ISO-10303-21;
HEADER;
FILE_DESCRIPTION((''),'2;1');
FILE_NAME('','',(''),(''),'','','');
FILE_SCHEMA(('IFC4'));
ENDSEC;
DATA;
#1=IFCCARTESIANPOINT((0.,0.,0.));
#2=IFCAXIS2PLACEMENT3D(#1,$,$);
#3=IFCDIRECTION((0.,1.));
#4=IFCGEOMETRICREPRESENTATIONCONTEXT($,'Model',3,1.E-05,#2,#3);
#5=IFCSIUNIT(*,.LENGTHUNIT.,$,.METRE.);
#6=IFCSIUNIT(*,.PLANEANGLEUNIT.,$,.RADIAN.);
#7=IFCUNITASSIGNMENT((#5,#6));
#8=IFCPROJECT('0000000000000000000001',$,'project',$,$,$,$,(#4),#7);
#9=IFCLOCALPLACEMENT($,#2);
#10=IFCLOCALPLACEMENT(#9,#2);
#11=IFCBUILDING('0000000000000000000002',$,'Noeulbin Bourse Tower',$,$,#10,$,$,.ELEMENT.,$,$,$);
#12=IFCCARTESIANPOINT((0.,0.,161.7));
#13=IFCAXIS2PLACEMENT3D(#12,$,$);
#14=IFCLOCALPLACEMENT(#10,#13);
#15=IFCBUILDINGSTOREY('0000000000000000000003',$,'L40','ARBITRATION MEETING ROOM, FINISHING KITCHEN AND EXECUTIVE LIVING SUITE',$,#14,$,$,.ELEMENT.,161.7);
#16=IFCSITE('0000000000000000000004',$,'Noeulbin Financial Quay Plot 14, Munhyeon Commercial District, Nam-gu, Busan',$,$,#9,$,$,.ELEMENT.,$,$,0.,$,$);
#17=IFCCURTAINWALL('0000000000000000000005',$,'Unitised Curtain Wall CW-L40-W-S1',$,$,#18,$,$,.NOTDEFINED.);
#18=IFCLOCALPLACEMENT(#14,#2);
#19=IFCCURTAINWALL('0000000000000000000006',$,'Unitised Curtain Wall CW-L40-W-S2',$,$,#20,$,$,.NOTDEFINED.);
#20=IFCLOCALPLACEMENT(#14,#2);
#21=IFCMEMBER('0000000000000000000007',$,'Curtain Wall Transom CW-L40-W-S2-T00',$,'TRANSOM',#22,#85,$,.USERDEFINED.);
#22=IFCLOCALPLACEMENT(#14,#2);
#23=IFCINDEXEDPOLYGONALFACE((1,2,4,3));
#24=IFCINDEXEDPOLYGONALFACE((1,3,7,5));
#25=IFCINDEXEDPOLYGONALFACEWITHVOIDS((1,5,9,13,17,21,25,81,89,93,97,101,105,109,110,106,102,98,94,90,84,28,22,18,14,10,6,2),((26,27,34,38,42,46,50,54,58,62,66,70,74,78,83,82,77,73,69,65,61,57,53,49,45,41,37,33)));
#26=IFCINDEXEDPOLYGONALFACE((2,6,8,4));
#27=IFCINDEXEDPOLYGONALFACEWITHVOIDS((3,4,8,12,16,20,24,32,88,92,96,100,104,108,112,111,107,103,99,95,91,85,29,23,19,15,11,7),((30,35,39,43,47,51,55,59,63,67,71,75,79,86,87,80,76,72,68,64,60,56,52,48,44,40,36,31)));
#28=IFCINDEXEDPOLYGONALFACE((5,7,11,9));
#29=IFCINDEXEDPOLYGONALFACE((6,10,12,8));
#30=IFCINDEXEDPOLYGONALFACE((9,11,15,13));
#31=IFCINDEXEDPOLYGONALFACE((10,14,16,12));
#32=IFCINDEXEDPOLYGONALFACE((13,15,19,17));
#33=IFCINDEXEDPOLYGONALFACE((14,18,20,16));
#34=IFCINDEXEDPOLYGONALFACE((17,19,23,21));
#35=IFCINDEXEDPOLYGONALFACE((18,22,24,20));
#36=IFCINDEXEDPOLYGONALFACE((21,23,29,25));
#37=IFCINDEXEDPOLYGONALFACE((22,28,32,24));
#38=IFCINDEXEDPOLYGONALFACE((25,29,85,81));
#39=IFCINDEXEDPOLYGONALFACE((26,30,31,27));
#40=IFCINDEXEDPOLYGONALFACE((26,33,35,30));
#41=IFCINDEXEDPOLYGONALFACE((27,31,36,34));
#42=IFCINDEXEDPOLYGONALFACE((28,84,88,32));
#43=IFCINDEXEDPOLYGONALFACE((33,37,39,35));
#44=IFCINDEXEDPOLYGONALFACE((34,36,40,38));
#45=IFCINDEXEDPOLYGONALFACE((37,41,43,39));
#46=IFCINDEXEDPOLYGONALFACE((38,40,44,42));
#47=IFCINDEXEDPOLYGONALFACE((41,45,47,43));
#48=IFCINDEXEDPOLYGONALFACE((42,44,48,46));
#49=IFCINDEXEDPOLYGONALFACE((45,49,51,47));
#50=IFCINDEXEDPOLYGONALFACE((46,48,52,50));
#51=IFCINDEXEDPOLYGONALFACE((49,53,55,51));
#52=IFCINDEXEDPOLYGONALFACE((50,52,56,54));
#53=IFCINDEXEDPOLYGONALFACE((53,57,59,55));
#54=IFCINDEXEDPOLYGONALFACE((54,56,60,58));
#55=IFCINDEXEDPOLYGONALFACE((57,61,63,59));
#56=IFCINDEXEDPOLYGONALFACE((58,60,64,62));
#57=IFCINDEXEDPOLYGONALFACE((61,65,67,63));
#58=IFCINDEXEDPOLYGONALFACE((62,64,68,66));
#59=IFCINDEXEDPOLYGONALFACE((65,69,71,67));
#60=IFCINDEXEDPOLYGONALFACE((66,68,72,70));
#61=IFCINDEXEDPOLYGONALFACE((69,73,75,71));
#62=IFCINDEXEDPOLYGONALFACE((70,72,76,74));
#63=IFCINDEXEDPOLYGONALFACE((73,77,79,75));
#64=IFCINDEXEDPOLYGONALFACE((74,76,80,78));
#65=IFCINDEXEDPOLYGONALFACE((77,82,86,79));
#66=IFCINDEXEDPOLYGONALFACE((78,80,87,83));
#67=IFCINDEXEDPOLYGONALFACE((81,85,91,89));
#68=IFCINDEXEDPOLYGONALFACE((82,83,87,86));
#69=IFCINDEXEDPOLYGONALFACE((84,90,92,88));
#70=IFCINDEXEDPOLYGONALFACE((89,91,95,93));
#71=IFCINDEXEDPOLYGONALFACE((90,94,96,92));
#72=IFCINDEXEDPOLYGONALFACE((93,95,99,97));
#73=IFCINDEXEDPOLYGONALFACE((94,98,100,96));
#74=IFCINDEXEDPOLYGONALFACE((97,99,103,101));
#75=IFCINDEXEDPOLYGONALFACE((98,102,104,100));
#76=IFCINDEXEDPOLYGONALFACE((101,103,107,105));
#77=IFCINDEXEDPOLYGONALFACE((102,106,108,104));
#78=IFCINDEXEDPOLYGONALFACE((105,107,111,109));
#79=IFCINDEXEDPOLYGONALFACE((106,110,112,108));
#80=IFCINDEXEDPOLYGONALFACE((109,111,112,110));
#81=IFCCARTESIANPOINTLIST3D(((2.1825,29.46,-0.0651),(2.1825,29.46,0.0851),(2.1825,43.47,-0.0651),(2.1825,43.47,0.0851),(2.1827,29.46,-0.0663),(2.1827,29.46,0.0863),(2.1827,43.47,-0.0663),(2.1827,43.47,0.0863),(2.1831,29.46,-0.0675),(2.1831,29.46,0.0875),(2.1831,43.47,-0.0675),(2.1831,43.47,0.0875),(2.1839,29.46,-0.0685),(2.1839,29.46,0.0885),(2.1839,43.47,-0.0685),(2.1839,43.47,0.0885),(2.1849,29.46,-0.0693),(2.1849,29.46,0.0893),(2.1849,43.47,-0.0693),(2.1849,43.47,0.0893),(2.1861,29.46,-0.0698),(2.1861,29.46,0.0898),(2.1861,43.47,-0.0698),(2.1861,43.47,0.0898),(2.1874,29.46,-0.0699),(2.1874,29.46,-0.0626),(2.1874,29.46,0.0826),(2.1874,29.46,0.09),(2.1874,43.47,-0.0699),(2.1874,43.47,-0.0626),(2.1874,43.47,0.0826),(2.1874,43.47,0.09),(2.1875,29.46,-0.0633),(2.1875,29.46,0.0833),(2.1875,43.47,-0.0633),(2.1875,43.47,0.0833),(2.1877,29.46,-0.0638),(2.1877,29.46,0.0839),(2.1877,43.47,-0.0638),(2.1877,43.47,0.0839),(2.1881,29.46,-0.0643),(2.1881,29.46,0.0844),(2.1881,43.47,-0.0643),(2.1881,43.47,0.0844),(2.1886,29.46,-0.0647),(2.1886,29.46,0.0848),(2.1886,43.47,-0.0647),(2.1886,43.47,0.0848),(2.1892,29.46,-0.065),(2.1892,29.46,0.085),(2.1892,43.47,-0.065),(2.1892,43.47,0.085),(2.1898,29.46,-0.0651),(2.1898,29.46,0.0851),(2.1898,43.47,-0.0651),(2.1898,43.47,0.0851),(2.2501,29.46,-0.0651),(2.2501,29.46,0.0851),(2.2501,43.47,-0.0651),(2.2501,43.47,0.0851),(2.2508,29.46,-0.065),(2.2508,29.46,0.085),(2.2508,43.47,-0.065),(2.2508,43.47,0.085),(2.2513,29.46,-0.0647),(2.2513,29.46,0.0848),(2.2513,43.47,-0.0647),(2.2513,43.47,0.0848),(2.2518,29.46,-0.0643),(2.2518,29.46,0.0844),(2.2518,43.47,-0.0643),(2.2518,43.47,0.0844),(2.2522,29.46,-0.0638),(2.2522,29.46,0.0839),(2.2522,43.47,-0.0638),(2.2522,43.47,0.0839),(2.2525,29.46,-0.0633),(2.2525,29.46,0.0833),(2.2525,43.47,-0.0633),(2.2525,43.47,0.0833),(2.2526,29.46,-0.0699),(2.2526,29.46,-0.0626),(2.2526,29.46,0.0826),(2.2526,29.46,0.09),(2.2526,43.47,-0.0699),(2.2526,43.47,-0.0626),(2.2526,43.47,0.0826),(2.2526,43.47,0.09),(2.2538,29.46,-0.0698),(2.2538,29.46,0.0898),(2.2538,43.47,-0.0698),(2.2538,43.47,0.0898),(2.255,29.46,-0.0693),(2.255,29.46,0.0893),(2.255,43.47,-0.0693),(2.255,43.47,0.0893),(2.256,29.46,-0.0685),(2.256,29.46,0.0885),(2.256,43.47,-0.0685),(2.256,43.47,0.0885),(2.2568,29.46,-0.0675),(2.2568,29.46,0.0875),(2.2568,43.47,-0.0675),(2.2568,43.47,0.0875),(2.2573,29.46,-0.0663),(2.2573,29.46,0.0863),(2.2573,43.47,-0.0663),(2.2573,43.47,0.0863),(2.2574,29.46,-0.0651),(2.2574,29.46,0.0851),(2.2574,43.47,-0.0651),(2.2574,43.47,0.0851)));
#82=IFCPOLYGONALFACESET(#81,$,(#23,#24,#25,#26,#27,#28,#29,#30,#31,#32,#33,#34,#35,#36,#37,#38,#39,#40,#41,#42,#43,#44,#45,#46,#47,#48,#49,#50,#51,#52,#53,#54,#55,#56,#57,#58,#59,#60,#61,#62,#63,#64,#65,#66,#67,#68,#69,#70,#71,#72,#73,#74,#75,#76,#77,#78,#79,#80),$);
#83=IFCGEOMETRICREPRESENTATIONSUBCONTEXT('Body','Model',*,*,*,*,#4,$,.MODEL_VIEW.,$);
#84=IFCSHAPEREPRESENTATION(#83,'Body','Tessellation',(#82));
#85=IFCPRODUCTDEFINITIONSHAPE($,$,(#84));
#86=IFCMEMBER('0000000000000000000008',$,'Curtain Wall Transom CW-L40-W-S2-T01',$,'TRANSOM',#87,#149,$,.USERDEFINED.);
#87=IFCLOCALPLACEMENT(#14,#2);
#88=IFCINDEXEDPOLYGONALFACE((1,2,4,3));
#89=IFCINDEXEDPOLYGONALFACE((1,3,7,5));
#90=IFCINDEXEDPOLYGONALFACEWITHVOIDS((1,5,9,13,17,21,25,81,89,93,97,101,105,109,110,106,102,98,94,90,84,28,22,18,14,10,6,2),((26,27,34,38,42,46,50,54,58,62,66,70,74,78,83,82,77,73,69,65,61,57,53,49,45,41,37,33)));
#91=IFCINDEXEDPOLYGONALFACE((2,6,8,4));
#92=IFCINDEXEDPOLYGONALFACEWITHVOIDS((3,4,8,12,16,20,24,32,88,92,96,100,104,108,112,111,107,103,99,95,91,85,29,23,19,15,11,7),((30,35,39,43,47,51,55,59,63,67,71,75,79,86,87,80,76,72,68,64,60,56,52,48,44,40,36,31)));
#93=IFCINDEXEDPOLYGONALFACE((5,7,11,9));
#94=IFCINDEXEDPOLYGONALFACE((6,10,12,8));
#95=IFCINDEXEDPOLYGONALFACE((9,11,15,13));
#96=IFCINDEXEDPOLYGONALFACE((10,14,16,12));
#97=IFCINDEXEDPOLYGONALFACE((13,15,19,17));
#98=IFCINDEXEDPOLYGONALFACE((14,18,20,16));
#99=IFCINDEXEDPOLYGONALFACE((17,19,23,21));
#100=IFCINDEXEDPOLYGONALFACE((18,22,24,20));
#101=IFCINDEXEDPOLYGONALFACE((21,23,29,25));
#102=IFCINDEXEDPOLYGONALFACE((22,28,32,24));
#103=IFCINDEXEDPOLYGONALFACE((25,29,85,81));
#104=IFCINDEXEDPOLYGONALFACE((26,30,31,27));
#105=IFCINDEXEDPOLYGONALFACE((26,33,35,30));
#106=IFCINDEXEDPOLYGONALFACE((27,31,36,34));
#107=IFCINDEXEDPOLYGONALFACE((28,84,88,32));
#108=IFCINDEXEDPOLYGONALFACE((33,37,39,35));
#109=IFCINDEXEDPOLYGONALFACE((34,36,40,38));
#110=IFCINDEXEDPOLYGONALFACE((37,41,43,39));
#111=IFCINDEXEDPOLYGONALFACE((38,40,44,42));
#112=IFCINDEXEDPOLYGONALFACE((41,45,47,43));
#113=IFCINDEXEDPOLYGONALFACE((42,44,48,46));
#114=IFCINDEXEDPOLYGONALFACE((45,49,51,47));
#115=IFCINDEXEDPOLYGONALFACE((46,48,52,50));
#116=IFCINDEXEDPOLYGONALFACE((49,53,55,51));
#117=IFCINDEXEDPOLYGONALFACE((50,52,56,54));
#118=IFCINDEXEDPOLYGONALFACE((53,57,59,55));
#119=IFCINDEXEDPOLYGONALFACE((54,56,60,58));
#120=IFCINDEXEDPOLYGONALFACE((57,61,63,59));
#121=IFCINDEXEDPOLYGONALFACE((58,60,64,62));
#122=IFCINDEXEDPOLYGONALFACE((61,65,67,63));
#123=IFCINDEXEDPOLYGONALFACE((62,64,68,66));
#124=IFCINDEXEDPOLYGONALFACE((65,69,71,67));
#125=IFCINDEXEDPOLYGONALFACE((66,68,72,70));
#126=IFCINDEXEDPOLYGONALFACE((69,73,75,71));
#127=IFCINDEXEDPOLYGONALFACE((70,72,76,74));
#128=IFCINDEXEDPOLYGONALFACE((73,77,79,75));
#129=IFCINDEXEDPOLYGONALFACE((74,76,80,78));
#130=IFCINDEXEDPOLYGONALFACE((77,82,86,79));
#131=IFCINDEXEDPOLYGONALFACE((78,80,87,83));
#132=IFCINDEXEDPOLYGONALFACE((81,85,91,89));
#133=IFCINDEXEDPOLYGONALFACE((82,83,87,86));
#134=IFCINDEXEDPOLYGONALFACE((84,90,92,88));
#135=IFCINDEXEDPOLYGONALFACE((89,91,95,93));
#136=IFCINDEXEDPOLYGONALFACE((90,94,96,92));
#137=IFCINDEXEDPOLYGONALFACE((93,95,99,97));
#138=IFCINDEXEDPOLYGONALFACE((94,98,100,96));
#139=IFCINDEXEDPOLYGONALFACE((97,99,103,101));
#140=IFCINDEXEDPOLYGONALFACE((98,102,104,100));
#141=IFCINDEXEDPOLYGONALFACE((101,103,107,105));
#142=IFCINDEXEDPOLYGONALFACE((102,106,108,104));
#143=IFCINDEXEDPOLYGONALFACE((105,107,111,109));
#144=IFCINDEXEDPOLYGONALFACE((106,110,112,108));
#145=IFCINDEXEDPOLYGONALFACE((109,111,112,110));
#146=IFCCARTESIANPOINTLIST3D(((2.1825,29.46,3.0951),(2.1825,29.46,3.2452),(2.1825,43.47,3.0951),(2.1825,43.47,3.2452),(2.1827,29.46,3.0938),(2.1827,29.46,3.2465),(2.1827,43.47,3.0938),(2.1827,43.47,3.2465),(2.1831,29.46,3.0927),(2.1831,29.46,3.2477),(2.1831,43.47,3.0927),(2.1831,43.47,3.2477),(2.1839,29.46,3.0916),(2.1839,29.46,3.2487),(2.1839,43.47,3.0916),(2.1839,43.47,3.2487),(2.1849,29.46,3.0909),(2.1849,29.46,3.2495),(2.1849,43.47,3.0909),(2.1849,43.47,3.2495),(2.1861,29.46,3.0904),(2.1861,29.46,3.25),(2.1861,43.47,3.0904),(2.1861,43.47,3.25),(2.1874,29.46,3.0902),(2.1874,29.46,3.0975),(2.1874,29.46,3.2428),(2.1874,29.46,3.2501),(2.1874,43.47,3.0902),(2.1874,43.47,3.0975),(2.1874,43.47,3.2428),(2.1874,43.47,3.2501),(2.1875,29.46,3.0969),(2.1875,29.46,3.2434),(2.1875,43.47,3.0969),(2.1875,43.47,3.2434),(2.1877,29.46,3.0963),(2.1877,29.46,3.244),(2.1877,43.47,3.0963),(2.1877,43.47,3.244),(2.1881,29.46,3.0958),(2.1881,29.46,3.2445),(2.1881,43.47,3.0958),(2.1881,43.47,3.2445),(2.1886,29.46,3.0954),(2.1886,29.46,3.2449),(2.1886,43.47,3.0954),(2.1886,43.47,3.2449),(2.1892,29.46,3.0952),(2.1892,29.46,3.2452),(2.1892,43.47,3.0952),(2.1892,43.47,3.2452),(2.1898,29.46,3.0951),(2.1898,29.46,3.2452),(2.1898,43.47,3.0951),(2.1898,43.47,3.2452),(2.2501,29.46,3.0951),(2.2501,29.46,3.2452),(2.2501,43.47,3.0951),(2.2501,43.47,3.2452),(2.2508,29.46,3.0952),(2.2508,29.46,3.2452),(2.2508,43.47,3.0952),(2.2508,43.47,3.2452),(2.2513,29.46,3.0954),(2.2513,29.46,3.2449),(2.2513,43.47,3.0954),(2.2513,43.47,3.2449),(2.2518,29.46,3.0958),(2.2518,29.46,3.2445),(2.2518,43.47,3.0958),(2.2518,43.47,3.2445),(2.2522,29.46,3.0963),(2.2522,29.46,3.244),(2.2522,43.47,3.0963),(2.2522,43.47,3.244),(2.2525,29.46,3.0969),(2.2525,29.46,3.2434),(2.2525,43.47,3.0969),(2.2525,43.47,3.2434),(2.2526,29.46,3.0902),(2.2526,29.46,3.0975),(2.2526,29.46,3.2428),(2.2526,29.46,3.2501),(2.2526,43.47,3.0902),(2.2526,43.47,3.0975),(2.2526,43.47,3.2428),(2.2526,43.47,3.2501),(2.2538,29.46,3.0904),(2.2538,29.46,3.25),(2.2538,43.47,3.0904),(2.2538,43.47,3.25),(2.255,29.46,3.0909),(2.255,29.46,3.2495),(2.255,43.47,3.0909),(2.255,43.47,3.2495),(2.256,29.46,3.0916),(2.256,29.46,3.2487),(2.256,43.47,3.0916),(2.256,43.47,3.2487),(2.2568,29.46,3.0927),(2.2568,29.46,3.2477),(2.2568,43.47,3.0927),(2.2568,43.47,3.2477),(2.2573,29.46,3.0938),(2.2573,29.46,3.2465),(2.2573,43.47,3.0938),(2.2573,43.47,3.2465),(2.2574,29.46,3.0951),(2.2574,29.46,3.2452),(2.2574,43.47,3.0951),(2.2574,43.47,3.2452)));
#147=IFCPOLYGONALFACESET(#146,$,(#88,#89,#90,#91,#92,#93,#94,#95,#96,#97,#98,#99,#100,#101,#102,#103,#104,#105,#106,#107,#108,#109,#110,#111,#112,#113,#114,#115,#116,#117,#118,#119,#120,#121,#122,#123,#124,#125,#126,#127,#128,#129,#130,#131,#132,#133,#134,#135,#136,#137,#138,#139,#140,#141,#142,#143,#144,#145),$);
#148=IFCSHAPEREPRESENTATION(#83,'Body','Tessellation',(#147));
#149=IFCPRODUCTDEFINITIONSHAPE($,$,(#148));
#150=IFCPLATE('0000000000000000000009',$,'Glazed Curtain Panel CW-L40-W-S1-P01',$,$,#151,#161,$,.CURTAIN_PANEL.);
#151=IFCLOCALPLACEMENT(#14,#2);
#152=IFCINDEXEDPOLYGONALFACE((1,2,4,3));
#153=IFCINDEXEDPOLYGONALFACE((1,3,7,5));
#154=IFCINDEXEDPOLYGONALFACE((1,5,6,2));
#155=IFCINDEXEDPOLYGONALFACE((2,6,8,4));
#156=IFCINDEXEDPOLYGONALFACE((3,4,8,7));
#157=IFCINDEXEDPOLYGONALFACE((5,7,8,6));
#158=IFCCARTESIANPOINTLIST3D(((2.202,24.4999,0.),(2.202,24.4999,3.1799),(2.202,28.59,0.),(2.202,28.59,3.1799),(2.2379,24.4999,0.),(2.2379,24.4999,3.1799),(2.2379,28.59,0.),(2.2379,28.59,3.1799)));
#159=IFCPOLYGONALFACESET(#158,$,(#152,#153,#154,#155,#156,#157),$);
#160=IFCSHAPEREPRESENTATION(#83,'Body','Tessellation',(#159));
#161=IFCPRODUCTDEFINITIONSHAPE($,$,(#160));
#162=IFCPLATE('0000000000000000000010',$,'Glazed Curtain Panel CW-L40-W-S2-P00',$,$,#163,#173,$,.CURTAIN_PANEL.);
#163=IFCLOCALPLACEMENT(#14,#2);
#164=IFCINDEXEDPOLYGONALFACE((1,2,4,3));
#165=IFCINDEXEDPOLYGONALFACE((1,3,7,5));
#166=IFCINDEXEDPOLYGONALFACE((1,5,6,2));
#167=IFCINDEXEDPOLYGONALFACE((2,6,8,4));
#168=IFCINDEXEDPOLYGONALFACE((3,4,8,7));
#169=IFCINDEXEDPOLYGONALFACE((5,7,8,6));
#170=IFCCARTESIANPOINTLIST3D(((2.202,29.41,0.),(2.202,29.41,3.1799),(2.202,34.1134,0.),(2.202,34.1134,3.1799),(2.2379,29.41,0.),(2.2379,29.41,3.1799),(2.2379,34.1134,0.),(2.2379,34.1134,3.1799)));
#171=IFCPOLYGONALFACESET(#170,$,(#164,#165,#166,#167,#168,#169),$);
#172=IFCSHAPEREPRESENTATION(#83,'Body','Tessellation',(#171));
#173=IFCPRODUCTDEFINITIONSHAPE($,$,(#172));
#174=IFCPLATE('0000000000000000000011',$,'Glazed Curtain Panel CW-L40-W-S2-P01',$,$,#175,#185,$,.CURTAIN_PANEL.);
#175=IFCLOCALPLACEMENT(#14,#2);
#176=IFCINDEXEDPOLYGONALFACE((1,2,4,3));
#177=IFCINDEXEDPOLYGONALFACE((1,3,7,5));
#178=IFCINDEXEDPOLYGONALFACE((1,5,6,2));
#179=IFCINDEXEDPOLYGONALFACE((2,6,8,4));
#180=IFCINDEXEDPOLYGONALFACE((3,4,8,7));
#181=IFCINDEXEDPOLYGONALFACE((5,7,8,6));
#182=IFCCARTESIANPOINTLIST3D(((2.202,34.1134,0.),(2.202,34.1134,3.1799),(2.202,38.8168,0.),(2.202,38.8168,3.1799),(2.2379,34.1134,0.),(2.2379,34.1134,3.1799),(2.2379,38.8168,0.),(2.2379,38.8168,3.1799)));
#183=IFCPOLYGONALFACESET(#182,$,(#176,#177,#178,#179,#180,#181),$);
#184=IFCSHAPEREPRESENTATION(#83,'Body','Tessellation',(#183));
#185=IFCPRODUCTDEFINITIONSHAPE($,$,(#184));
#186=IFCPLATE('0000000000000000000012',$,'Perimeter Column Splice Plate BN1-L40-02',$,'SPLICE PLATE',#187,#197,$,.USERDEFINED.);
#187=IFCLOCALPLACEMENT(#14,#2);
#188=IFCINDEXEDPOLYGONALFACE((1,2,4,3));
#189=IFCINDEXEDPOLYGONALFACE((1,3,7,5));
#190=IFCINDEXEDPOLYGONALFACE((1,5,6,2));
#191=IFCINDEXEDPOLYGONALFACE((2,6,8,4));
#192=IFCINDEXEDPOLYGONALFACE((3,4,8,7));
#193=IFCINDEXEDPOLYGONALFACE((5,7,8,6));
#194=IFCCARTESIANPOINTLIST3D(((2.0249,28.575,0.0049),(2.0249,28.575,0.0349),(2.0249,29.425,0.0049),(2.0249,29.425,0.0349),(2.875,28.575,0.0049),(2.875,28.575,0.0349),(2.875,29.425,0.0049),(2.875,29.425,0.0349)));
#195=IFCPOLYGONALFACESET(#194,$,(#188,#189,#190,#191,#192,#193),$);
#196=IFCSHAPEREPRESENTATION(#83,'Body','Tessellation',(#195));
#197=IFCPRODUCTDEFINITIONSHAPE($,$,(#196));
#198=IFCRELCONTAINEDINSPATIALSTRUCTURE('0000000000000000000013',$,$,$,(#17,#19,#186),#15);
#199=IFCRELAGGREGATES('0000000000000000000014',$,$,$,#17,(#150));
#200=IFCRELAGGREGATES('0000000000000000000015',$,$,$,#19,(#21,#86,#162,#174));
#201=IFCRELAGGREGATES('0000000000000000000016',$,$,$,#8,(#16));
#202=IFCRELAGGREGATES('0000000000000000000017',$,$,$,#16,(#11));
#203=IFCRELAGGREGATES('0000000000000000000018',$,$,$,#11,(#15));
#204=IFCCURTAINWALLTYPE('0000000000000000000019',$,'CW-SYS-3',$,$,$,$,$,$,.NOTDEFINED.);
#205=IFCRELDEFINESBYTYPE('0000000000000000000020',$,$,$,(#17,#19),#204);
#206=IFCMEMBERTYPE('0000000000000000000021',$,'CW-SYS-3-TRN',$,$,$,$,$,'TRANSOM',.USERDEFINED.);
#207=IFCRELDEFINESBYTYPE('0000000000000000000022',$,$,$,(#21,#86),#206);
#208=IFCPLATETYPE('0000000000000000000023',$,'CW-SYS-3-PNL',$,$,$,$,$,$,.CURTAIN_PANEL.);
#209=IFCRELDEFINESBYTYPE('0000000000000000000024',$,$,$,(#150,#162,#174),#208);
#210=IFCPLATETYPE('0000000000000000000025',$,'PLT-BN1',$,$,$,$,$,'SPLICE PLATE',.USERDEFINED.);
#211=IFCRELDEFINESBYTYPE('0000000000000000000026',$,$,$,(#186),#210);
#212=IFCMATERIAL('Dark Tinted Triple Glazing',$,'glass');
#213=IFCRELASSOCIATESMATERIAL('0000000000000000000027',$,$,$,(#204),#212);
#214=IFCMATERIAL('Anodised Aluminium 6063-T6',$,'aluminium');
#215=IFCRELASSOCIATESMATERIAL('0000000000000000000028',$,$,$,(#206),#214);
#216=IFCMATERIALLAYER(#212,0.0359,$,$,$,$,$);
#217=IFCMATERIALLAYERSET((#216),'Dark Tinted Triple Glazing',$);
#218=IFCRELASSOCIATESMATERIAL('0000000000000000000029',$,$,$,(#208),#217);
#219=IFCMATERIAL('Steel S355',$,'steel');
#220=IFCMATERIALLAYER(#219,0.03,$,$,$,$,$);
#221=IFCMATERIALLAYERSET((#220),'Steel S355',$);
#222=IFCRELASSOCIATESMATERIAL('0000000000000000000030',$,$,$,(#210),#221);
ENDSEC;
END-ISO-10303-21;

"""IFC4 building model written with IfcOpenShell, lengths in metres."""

from ifc_helpers import new_model, si_unit, direction, frame, origin, origin_2d, place, context, subcontext, project, spatial, rectangle, hollow_rectangle, extrude, material, layer, layer_set, material_profile, profile_set, type_object, element, aggregate, save


model = new_model("IFC4")

# Units and contexts
model_context = context("Model", 3, precision=1e-05, world=origin(), true_north=direction((0.0, 1.0)))
body_context = subcontext(model_context, "Body", "Model", "MODEL_VIEW")
ifc_project = project(units=[si_unit("LENGTHUNIT", "METRE"), si_unit("PLANEANGLEUNIT", "RADIAN")], contexts=[model_context])

# Site, building, storey
site_placement = place(None, origin())
site = spatial("IfcSite", under=ifc_project, at=site_placement, Name="Noeulbin Financial Quay Plot 14, Munhyeon Commercial District, Nam-gu, Busan", CompositionType="ELEMENT", RefElevation=0.0)
building_placement = place(site_placement, origin())
building = spatial("IfcBuilding", under=site, at=building_placement, Name="Noeulbin Bourse Tower", CompositionType="ELEMENT")
storey_placement = place(building_placement, frame((0.0, 0.0, 161.7)))
storey = spatial("IfcBuildingStorey", under=building, at=storey_placement, Name="L40", Description="ARBITRATION MEETING ROOM, FINISHING KITCHEN AND EXECUTIVE LIVING SUITE", CompositionType="ELEMENT", Elevation=161.7)

# Shared definitions
ifc_material_1 = material(Name="Steel S355", Category="steel")

# Curtain wall
ifc_material_2 = material(Name="Dark Tinted Triple Glazing", Category="glass")
curtain_wall_type = type_object("IfcCurtainWallType", Name="CW-SYS-3", PredefinedType="NOTDEFINED", material=ifc_material_2)
curtain_wall_1_placement = place(storey_placement, origin())
curtain_wall_1 = element("IfcCurtainWall", 1, at=curtain_wall_1_placement, inside=storey, type_object=curtain_wall_type, Name="Unitised Curtain Wall CW-L40-W-S1", PredefinedType="NOTDEFINED")
ifc_material_3 = material(Name="Anodised Aluminium 6063-T6", Category="aluminium")

# Curtain wall, members
curtain_wall_2_placement = place(storey_placement, origin())
curtain_wall_2 = element("IfcCurtainWall", 2, at=curtain_wall_2_placement, inside=storey, type_object=curtain_wall_type, Name="Unitised Curtain Wall CW-L40-W-S2", PredefinedType="NOTDEFINED")
ifc_material_profile_1 = material_profile(ifc_material_3, hollow_rectangle(XDim=0.075, YDim=0.1599, WallThickness=0.0049, InnerFilletRadius=0.0024, OuterFilletRadius=0.0049, at=origin_2d()), Name="ALU-TRAN-75x160x5", Category="LoadBearing")
ifc_profile_set_1 = profile_set([ifc_material_profile_1], Name="Anodised Aluminium 6063-T6")
member_type_1 = type_object("IfcMemberType", Name="CW-SYS-3-TRN", ElementType="TRANSOM", PredefinedType="USERDEFINED", material=ifc_profile_set_1)
member_1_placement = place(storey_placement, frame((2.22, 29.46, 0.01), z_axis=(0.0, 1.0, 0.0), x_axis=(-1.0, 0.0, 0.0)))
member_1 = element("IfcMember", 3, at=member_1_placement, type_object=member_type_1, Name="Curtain Wall Transom CW-L40-W-S2-T00", ObjectType="TRANSOM", PredefinedType="USERDEFINED", context=body_context, shape_type="SweptSolid", body=[
    extrude(hollow_rectangle(XDim=0.075, YDim=0.1599, WallThickness=0.0049, InnerFilletRadius=0.0024, OuterFilletRadius=0.0049, at=origin_2d()), origin(), (0.0, 0.0, 1.0), 14.01),
])
member_2_placement = place(storey_placement, frame((2.22, 29.46, 3.1702), z_axis=(0.0, 1.0, 0.0), x_axis=(-1.0, 0.0, 0.0)))
member_2 = element("IfcMember", 4, at=member_2_placement, type_object=member_type_1, Name="Curtain Wall Transom CW-L40-W-S2-T01", ObjectType="TRANSOM", PredefinedType="USERDEFINED", context=body_context, shape_type="SweptSolid", body=[
    extrude(hollow_rectangle(XDim=0.075, YDim=0.1599, WallThickness=0.0049, InnerFilletRadius=0.0024, OuterFilletRadius=0.0049, at=origin_2d()), origin(), (0.0, 0.0, 1.0), 14.01),
])

# Plates
ifc_layer_1 = layer(ifc_material_2, 0.0359)
ifc_layer_set_1 = layer_set([ifc_layer_1], Name="Dark Tinted Triple Glazing")
plate_type_1 = type_object("IfcPlateType", Name="CW-SYS-3-PNL", PredefinedType="CURTAIN_PANEL", material=ifc_layer_set_1)
plate_1_placement = place(storey_placement, frame((2.22, 26.5449, 0.0), z_axis=(0.0, 0.0, 1.0), x_axis=(0.0, 1.0, 0.0)))
plate_1 = element("IfcPlate", 5, at=plate_1_placement, type_object=plate_type_1, Name="Glazed Curtain Panel CW-L40-W-S1-P01", PredefinedType="CURTAIN_PANEL", context=body_context, shape_type="SweptSolid", body=[
    extrude(rectangle(XDim=4.0901, YDim=0.0359, at=origin_2d()), origin(), (0.0, 0.0, 1.0), 3.1799),
])
aggregate(curtain_wall_1, [plate_1])
plate_2_placement = place(storey_placement, frame((2.22, 31.7617, 0.0), z_axis=(0.0, 0.0, 1.0), x_axis=(0.0, 1.0, 0.0)))
plate_2 = element("IfcPlate", 6, at=plate_2_placement, type_object=plate_type_1, Name="Glazed Curtain Panel CW-L40-W-S2-P00", PredefinedType="CURTAIN_PANEL", context=body_context, shape_type="SweptSolid", body=[
    extrude(rectangle(XDim=4.7034, YDim=0.0359, at=origin_2d()), origin(), (0.0, 0.0, 1.0), 3.1799),
])
plate_3_placement = place(storey_placement, frame((2.22, 36.4651, 0.0), z_axis=(0.0, 0.0, 1.0), x_axis=(0.0, 1.0, 0.0)))
plate_3 = element("IfcPlate", 7, at=plate_3_placement, type_object=plate_type_1, Name="Glazed Curtain Panel CW-L40-W-S2-P01", PredefinedType="CURTAIN_PANEL", context=body_context, shape_type="SweptSolid", body=[
    extrude(rectangle(XDim=4.7034, YDim=0.0359, at=origin_2d()), origin(), (0.0, 0.0, 1.0), 3.1799),
])
aggregate(curtain_wall_2, [member_1, member_2, plate_2, plate_3])
ifc_layer_2 = layer(ifc_material_1, 0.03)
ifc_layer_set_2 = layer_set([ifc_layer_2], Name="Steel S355")
plate_type_2 = type_object("IfcPlateType", Name="PLT-BN1", ElementType="SPLICE PLATE", PredefinedType="USERDEFINED", material=ifc_layer_set_2)
plate_4_placement = place(storey_placement, frame((2.45, 29.0, 0.0049), z_axis=(0.0, 0.0, 1.0), x_axis=(1.0, 0.0, 0.0)))
element("IfcPlate", 8, at=plate_4_placement, inside=storey, type_object=plate_type_2, Name="Perimeter Column Splice Plate BN1-L40-02", ObjectType="SPLICE PLATE", PredefinedType="USERDEFINED", context=body_context, shape_type="SweptSolid", body=[
    extrude(rectangle(XDim=0.8501, YDim=0.8501, at=origin_2d()), origin(), (0.0, 0.0, 1.0), 0.03),
])

save(model, "model.ifc")
